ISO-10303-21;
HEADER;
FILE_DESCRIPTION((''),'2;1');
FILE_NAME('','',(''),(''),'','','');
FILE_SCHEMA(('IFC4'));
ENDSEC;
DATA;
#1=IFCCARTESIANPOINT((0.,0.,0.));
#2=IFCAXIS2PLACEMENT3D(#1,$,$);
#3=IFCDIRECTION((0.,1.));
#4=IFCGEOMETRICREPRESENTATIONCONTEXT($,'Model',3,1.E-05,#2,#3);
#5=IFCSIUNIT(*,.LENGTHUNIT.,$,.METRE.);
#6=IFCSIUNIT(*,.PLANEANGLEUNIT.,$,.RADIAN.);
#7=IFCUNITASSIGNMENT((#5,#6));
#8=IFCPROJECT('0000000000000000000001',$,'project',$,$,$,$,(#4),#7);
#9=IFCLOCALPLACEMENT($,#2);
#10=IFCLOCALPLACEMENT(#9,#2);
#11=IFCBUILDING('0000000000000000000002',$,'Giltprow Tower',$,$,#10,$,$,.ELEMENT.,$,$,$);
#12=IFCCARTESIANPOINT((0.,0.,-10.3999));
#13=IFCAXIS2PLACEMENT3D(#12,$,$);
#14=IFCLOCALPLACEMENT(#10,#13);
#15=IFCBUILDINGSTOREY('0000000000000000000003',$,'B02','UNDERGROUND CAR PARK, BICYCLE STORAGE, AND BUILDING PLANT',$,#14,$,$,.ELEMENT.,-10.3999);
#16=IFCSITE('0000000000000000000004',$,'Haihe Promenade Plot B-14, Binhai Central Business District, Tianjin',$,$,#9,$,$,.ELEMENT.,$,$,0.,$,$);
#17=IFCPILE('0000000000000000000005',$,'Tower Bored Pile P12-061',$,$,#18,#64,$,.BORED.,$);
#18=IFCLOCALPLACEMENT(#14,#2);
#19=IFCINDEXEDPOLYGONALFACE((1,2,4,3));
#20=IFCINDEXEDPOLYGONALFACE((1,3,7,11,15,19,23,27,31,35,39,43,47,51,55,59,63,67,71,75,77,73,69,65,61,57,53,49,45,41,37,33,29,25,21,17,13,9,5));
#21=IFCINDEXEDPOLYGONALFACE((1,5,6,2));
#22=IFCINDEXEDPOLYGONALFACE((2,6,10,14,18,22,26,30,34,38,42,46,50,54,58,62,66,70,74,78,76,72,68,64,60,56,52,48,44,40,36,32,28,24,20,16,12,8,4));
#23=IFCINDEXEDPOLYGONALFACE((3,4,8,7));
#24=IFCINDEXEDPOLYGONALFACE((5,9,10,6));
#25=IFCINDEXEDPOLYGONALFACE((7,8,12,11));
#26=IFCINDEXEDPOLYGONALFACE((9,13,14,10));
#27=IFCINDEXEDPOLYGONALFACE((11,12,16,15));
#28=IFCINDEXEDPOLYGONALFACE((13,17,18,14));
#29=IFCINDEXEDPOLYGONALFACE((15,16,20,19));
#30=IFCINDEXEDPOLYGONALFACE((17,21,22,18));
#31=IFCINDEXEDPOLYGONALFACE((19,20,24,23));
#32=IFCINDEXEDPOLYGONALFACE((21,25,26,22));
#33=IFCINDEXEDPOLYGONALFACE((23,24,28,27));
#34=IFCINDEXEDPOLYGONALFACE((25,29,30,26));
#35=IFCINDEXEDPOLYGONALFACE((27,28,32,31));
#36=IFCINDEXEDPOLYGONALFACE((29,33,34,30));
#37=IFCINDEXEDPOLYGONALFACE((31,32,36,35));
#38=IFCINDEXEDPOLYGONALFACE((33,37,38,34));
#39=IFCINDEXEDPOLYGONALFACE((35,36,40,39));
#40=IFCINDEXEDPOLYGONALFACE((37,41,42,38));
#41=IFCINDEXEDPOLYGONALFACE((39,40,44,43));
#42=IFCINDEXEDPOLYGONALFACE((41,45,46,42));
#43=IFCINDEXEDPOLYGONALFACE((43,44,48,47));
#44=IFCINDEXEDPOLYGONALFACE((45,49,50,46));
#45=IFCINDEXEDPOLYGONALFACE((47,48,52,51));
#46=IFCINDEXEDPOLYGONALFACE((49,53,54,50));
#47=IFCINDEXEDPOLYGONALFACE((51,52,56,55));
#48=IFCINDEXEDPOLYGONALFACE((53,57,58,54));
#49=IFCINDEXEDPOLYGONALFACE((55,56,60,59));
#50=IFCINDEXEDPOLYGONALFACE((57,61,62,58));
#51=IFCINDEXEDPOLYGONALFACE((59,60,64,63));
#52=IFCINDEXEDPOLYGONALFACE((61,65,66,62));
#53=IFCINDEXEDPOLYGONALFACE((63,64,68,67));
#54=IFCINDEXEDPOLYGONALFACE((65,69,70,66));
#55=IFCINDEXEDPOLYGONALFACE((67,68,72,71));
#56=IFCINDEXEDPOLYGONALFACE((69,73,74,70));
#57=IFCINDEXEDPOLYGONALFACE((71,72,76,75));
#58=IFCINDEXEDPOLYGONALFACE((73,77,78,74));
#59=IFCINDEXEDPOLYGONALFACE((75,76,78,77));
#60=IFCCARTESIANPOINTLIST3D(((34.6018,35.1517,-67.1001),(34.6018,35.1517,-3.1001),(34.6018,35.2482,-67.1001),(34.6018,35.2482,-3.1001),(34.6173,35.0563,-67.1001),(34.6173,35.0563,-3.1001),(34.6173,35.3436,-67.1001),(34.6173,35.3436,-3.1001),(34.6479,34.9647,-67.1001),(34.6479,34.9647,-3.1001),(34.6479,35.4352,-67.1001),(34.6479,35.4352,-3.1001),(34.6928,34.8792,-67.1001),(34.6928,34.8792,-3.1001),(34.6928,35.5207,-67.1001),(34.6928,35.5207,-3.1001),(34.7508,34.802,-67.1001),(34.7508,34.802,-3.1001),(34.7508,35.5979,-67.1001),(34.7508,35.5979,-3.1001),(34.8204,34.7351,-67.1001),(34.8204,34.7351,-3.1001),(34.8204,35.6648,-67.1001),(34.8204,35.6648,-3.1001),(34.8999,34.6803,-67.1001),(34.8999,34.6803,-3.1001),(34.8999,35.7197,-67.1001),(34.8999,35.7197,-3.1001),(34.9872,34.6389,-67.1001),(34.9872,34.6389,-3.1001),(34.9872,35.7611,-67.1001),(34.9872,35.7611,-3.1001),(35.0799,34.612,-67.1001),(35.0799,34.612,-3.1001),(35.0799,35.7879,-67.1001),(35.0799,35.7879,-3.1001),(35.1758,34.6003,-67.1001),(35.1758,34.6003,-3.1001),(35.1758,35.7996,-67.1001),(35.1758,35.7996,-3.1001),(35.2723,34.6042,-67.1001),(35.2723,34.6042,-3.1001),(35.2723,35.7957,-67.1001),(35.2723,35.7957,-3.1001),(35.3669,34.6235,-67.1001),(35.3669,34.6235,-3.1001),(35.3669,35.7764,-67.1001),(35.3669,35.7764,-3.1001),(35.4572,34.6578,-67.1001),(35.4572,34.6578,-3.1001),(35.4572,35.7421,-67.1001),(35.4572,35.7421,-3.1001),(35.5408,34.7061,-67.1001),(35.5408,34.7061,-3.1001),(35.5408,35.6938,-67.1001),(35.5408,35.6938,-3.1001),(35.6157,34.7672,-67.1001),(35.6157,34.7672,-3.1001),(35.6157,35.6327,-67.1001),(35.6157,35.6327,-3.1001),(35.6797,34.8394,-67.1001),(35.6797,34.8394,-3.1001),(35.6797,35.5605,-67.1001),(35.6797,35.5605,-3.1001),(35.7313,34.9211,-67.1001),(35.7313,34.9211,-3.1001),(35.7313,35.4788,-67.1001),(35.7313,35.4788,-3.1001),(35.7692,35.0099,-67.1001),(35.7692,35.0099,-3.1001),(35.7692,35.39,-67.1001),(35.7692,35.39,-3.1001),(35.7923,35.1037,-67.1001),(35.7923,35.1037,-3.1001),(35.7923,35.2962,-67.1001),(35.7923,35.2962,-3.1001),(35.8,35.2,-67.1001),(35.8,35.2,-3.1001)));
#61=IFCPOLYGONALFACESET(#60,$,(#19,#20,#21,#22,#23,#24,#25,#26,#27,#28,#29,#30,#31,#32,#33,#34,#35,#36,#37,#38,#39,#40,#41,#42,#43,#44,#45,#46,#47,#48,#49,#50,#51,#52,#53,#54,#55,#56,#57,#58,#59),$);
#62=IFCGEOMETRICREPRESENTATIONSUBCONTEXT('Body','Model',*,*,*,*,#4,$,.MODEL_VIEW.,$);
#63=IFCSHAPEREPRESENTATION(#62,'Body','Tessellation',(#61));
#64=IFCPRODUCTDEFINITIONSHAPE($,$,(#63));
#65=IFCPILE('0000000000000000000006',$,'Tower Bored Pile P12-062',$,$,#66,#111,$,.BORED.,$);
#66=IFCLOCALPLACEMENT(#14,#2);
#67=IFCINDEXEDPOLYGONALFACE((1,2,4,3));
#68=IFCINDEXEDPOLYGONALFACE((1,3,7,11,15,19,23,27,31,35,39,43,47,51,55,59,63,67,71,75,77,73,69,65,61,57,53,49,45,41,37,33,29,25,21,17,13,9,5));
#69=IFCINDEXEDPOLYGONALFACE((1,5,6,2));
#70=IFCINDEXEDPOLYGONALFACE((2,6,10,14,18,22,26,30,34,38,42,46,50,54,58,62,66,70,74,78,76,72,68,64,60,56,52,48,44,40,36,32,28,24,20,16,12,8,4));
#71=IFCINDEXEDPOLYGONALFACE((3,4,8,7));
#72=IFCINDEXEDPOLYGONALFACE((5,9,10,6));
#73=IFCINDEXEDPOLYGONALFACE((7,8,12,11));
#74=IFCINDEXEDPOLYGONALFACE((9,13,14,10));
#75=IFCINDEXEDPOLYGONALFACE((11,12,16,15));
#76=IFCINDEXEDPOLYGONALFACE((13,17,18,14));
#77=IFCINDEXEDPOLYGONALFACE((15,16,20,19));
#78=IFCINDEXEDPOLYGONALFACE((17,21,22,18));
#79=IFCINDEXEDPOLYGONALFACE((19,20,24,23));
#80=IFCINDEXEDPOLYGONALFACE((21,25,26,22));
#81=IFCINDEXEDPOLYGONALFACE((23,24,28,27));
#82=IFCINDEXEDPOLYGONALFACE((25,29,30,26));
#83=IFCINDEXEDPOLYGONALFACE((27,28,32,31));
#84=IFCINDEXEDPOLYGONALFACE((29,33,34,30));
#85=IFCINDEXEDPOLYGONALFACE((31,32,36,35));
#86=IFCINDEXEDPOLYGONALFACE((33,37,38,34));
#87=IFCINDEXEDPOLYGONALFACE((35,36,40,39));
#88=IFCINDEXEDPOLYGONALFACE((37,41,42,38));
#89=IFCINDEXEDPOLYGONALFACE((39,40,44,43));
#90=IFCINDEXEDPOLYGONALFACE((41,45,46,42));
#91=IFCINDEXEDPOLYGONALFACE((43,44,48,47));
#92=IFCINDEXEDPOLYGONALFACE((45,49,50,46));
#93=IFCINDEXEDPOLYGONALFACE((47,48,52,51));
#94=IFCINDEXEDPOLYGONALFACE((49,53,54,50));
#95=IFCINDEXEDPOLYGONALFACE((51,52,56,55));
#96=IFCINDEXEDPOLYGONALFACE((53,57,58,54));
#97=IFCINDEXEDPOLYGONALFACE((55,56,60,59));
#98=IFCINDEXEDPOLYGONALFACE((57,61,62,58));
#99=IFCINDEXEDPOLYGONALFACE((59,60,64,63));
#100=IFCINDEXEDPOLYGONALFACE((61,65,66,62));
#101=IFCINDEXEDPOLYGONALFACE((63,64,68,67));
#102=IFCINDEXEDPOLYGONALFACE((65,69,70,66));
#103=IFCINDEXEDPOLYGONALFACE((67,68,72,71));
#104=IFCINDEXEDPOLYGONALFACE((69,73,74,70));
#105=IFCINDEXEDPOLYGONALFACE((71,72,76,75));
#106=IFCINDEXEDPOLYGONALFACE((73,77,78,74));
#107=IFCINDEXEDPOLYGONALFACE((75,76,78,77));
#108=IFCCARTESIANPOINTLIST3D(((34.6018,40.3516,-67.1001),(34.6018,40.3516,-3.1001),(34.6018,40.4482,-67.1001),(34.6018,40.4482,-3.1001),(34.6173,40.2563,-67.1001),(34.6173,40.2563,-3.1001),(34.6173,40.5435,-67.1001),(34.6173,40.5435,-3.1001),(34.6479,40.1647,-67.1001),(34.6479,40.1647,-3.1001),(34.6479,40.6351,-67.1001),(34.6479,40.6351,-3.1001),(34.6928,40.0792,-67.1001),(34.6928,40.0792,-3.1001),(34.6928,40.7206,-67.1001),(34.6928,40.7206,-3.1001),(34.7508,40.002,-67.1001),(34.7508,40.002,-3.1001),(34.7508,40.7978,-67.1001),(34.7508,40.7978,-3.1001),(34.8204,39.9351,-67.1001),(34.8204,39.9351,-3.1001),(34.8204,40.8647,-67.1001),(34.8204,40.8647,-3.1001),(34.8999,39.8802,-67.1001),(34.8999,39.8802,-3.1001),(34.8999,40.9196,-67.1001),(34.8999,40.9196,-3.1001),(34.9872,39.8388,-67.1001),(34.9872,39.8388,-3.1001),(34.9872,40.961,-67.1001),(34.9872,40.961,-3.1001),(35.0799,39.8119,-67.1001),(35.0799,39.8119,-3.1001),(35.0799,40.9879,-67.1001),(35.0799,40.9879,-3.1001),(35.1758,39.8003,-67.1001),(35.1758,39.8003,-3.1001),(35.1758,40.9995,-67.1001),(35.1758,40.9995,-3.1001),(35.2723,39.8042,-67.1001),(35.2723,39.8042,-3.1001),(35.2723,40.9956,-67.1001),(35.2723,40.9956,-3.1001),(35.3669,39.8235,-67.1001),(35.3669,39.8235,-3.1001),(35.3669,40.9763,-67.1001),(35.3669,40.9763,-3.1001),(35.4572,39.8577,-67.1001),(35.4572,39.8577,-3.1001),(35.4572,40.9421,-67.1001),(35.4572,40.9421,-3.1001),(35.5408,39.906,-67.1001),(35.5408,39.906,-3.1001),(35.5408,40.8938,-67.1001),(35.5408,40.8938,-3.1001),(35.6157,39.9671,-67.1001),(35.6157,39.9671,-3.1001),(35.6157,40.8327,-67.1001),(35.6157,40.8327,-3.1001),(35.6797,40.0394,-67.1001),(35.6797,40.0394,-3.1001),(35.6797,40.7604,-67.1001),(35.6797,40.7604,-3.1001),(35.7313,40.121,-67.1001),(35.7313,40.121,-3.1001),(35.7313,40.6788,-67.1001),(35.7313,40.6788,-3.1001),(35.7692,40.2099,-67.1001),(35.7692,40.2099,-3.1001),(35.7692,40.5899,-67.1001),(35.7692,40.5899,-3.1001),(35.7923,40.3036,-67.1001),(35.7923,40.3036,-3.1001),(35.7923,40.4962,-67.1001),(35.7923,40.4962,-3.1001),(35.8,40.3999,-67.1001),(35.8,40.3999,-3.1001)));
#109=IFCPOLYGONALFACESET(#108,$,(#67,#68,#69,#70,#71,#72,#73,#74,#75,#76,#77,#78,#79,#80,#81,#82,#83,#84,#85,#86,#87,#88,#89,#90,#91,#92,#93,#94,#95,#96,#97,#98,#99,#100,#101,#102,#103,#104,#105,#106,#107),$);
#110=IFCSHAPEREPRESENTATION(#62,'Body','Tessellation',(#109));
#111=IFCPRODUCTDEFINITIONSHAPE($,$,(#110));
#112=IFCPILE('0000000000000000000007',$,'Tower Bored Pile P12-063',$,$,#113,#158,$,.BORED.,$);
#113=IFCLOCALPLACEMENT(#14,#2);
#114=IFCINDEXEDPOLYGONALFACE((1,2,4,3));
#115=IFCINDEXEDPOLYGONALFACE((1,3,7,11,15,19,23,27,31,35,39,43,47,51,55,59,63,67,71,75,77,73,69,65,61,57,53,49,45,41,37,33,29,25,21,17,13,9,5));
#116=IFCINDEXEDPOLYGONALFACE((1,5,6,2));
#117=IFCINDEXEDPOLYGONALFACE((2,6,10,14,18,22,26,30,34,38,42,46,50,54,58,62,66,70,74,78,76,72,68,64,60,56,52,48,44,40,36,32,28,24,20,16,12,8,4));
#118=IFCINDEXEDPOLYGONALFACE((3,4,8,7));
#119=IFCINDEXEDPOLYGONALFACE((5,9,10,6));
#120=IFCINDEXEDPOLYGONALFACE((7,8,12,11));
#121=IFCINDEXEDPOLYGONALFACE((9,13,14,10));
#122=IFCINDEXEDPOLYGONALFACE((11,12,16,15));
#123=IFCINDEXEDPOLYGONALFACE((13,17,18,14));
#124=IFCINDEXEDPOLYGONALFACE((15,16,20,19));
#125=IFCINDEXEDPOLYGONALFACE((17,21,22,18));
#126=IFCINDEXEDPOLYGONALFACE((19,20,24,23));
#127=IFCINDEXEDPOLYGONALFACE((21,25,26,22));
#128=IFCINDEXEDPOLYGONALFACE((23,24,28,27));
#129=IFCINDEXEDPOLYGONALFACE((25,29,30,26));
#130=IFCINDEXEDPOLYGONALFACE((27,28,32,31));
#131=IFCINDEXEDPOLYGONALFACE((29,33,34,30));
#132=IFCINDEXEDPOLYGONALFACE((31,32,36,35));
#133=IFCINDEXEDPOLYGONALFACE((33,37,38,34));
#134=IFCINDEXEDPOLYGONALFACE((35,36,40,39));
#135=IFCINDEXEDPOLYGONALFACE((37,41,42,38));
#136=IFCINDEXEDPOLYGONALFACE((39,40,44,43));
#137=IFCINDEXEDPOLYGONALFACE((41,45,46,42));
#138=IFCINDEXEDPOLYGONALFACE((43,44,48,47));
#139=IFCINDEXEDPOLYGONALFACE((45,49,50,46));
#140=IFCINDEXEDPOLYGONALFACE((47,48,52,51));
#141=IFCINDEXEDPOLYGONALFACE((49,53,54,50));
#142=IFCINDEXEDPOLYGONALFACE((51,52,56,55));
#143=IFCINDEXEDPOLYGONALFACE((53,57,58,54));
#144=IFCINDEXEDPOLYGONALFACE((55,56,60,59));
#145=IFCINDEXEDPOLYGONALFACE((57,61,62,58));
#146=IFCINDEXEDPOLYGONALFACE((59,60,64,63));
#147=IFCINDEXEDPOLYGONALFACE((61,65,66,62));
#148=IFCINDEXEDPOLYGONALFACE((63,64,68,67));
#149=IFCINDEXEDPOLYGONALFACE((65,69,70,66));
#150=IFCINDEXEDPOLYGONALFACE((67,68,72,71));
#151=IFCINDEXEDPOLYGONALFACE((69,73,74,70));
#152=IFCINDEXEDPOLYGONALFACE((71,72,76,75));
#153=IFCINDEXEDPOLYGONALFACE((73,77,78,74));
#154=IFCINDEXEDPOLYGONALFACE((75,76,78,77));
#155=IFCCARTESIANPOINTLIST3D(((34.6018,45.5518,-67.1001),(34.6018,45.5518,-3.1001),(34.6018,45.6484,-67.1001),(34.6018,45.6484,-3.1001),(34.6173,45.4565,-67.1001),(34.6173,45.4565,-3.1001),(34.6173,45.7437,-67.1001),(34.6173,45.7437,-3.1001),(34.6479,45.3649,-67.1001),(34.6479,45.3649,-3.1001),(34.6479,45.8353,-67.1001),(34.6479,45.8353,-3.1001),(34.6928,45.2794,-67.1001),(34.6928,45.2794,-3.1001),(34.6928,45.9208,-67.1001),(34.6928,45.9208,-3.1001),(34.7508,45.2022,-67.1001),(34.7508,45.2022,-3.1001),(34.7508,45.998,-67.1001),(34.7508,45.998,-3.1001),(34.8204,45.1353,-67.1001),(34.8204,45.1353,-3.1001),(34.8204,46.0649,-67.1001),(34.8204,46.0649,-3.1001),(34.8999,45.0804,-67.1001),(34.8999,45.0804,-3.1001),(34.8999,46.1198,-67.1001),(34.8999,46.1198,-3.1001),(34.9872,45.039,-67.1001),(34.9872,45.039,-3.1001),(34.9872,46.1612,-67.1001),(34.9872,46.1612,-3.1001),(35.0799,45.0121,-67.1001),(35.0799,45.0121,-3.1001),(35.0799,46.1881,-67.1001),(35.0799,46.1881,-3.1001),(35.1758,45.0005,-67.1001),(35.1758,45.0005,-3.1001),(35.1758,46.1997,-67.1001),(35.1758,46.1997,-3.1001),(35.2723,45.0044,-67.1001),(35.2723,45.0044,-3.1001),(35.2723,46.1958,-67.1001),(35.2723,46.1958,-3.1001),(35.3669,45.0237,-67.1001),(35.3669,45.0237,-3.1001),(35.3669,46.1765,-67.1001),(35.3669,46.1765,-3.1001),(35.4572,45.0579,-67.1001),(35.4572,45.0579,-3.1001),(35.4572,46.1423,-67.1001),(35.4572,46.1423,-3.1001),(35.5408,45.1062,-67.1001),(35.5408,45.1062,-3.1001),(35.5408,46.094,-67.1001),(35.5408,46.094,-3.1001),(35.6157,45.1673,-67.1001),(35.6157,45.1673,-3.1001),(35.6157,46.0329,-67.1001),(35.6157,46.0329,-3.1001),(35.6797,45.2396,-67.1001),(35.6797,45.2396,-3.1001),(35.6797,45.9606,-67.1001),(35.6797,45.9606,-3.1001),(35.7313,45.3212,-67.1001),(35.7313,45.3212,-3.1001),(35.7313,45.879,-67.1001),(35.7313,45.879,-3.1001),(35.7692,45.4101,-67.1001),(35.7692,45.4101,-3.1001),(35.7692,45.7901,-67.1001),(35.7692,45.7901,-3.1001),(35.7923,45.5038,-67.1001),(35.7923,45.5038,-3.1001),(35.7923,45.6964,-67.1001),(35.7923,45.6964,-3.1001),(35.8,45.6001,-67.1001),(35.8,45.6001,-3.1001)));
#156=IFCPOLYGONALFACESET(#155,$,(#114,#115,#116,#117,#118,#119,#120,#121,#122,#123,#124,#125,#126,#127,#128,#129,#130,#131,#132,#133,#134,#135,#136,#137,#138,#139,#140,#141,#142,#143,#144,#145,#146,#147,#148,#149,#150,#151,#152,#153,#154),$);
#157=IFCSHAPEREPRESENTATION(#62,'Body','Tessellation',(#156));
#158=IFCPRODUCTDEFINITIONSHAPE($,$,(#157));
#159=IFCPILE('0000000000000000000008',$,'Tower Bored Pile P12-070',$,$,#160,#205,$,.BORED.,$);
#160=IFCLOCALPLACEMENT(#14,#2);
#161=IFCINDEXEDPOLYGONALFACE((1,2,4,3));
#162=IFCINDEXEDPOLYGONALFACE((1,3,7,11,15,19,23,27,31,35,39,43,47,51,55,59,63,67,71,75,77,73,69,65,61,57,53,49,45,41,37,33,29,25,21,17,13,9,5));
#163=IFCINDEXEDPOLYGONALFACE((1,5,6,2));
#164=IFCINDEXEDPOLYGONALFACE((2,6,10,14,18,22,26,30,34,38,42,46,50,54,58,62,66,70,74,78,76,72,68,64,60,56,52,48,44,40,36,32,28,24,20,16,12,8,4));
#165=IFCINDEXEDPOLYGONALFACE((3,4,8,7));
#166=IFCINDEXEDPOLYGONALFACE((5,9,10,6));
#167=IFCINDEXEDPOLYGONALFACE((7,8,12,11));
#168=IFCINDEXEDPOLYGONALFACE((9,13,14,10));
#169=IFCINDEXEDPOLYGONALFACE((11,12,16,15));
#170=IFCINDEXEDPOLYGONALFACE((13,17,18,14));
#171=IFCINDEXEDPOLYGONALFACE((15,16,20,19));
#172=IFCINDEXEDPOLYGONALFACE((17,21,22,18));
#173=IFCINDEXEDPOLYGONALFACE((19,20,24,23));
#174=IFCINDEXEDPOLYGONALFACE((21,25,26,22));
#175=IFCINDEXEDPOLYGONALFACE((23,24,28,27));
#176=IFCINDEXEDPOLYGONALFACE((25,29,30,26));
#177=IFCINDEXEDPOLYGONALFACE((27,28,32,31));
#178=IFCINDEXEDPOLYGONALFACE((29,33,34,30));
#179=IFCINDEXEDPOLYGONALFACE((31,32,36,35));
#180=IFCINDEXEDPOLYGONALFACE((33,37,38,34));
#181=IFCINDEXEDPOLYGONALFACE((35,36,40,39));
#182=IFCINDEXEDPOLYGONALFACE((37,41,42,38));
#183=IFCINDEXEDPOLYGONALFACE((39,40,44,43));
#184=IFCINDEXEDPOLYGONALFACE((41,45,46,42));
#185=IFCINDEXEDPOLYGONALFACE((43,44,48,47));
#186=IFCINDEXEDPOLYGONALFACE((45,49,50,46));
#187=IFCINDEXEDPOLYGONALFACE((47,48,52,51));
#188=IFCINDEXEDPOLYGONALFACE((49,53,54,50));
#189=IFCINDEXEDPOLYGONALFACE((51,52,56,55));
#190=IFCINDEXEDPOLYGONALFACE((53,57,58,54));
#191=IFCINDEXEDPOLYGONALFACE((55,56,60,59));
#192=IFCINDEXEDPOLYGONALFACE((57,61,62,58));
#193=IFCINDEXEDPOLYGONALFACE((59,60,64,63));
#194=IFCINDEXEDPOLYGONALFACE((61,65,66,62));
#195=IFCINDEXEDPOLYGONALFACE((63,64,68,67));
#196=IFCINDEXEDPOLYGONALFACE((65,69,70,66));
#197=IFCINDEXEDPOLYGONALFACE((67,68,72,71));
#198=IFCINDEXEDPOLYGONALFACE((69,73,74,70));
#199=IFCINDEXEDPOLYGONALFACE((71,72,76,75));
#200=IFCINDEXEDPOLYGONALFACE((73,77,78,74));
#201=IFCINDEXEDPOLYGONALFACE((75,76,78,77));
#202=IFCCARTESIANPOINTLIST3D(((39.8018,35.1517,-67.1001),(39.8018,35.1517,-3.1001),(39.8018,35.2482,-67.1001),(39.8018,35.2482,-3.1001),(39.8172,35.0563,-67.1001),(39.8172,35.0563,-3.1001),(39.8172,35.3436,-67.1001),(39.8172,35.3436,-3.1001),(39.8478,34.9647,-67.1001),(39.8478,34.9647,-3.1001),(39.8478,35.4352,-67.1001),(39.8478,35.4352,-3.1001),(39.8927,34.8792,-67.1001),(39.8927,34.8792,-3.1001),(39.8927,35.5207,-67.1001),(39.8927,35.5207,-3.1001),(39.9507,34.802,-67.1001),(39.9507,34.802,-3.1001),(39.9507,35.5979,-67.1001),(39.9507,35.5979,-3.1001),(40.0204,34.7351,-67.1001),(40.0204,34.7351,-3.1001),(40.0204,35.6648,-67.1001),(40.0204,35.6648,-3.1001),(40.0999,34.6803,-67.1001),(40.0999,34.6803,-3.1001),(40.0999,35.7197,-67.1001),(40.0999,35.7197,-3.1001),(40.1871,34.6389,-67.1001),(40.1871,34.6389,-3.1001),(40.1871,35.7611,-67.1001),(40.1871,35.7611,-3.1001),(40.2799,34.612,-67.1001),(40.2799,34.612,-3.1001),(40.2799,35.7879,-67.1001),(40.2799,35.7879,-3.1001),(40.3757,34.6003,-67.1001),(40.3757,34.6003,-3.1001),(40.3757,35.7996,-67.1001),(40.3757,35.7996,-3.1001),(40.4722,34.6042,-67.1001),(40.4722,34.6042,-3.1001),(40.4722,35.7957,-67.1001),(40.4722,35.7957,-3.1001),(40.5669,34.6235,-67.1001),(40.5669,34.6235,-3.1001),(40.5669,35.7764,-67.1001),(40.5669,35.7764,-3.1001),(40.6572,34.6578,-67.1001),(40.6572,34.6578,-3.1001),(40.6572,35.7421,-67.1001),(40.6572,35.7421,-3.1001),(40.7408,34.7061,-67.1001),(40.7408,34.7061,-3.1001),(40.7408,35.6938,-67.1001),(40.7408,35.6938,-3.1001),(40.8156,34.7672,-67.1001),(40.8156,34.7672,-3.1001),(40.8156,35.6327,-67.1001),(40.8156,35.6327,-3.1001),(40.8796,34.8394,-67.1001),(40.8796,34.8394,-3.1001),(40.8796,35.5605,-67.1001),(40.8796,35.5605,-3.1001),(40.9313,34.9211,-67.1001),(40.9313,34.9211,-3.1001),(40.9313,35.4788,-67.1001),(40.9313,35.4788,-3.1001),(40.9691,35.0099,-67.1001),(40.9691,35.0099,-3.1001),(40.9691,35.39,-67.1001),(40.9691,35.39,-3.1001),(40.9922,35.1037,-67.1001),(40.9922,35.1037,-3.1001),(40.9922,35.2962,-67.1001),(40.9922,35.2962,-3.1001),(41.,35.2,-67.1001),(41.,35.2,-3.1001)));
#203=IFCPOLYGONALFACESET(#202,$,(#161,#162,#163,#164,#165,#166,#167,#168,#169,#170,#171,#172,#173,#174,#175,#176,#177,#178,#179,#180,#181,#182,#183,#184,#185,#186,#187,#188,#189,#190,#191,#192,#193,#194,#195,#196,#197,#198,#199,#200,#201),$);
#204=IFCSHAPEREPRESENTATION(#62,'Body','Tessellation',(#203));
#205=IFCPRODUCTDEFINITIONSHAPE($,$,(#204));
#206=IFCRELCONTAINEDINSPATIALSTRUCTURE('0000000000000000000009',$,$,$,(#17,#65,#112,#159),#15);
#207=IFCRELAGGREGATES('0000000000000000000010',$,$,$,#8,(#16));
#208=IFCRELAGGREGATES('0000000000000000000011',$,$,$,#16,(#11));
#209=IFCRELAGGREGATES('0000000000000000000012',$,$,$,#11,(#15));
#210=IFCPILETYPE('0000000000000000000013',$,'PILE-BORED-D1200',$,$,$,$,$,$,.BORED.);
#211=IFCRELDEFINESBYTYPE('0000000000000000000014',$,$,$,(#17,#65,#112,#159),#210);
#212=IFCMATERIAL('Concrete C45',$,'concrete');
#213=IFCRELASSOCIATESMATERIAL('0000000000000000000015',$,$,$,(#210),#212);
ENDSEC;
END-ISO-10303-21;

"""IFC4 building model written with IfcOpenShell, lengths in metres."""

from ifc_helpers import new_model, si_unit, direction, frame, origin, origin_2d, place, context, subcontext, project, spatial, circle, extrude, source, transform, mapped, material, material_profile, profile_set, type_object, element, save


model = new_model("IFC4")

# Units and contexts
model_context = context("Model", 3, precision=1e-05, world=origin(), true_north=direction((0.0, 1.0)))
body_context = subcontext(model_context, "Body", "Model", "MODEL_VIEW")
ifc_project = project(units=[si_unit("LENGTHUNIT", "METRE"), si_unit("PLANEANGLEUNIT", "RADIAN")], contexts=[model_context])

# Site, building, storey
site_placement = place(None, origin())
site = spatial("IfcSite", under=ifc_project, at=site_placement, Name="Haihe Promenade Plot B-14, Binhai Central Business District, Tianjin", CompositionType="ELEMENT", RefElevation=0.0)
building_placement = place(site_placement, origin())
building = spatial("IfcBuilding", under=site, at=building_placement, Name="Giltprow Tower", CompositionType="ELEMENT")
storey_placement = place(building_placement, frame((0.0, 0.0, -10.3999)))
storey = spatial("IfcBuildingStorey", under=building, at=storey_placement, Name="B02", Description="UNDERGROUND CAR PARK, BICYCLE STORAGE, AND BUILDING PLANT", CompositionType="ELEMENT", Elevation=-10.3999)

# Piles
ifc_material_1 = material(Name="Concrete C45", Category="concrete")
ifc_material_profile_1 = material_profile(ifc_material_1, circle(Radius=0.6001, at=origin_2d()), Name="PILE D1200")
ifc_profile_set_1 = profile_set([ifc_material_profile_1], Name="Concrete C45")
pile_type_1 = type_object("IfcPileType", Name="PILE-BORED-D1200", PredefinedType="BORED", material=ifc_profile_set_1)
shared_shape_1 = source(origin(), body_context, "Body", "SweptSolid", [
    extrude(circle(Radius=0.6001, at=origin_2d()), origin(), (0.0, 0.0, 1.0), 64.0),
])
for number, where, z_axis, x_axis, name in (
    (1, (35.2, 35.2, -3.1001), (0.0, 0.0, -1.0), (1.0, 0.0, 0.0), "Tower Bored Pile P12-061"),
    (2, (35.2, 40.3999, -3.1001), (0.0, 0.0, -1.0), (1.0, 0.0, 0.0), "Tower Bored Pile P12-062"),
    (3, (35.2, 45.6001, -3.1001), (0.0, 0.0, -1.0), (1.0, 0.0, 0.0), "Tower Bored Pile P12-063"),
    (4, (40.3999, 35.2, -3.1001), (0.0, 0.0, -1.0), (1.0, 0.0, 0.0), "Tower Bored Pile P12-070"),
):
    element("IfcPile", number, at=place(storey_placement, frame(where, z_axis=z_axis, x_axis=x_axis)), inside=storey, type_object=pile_type_1, Name=name, PredefinedType="BORED", context=body_context, shape_type="MappedRepresentation", body=[
        mapped(shared_shape_1, transform((0.0, 0.0, 0.0), x_axis=(1.0, 0.0, 0.0), y_axis=(0.0, 1.0, 0.0), z_axis=(0.0, 0.0, 1.0), scale=1.0)),
    ])

save(model, "model.ifc")
